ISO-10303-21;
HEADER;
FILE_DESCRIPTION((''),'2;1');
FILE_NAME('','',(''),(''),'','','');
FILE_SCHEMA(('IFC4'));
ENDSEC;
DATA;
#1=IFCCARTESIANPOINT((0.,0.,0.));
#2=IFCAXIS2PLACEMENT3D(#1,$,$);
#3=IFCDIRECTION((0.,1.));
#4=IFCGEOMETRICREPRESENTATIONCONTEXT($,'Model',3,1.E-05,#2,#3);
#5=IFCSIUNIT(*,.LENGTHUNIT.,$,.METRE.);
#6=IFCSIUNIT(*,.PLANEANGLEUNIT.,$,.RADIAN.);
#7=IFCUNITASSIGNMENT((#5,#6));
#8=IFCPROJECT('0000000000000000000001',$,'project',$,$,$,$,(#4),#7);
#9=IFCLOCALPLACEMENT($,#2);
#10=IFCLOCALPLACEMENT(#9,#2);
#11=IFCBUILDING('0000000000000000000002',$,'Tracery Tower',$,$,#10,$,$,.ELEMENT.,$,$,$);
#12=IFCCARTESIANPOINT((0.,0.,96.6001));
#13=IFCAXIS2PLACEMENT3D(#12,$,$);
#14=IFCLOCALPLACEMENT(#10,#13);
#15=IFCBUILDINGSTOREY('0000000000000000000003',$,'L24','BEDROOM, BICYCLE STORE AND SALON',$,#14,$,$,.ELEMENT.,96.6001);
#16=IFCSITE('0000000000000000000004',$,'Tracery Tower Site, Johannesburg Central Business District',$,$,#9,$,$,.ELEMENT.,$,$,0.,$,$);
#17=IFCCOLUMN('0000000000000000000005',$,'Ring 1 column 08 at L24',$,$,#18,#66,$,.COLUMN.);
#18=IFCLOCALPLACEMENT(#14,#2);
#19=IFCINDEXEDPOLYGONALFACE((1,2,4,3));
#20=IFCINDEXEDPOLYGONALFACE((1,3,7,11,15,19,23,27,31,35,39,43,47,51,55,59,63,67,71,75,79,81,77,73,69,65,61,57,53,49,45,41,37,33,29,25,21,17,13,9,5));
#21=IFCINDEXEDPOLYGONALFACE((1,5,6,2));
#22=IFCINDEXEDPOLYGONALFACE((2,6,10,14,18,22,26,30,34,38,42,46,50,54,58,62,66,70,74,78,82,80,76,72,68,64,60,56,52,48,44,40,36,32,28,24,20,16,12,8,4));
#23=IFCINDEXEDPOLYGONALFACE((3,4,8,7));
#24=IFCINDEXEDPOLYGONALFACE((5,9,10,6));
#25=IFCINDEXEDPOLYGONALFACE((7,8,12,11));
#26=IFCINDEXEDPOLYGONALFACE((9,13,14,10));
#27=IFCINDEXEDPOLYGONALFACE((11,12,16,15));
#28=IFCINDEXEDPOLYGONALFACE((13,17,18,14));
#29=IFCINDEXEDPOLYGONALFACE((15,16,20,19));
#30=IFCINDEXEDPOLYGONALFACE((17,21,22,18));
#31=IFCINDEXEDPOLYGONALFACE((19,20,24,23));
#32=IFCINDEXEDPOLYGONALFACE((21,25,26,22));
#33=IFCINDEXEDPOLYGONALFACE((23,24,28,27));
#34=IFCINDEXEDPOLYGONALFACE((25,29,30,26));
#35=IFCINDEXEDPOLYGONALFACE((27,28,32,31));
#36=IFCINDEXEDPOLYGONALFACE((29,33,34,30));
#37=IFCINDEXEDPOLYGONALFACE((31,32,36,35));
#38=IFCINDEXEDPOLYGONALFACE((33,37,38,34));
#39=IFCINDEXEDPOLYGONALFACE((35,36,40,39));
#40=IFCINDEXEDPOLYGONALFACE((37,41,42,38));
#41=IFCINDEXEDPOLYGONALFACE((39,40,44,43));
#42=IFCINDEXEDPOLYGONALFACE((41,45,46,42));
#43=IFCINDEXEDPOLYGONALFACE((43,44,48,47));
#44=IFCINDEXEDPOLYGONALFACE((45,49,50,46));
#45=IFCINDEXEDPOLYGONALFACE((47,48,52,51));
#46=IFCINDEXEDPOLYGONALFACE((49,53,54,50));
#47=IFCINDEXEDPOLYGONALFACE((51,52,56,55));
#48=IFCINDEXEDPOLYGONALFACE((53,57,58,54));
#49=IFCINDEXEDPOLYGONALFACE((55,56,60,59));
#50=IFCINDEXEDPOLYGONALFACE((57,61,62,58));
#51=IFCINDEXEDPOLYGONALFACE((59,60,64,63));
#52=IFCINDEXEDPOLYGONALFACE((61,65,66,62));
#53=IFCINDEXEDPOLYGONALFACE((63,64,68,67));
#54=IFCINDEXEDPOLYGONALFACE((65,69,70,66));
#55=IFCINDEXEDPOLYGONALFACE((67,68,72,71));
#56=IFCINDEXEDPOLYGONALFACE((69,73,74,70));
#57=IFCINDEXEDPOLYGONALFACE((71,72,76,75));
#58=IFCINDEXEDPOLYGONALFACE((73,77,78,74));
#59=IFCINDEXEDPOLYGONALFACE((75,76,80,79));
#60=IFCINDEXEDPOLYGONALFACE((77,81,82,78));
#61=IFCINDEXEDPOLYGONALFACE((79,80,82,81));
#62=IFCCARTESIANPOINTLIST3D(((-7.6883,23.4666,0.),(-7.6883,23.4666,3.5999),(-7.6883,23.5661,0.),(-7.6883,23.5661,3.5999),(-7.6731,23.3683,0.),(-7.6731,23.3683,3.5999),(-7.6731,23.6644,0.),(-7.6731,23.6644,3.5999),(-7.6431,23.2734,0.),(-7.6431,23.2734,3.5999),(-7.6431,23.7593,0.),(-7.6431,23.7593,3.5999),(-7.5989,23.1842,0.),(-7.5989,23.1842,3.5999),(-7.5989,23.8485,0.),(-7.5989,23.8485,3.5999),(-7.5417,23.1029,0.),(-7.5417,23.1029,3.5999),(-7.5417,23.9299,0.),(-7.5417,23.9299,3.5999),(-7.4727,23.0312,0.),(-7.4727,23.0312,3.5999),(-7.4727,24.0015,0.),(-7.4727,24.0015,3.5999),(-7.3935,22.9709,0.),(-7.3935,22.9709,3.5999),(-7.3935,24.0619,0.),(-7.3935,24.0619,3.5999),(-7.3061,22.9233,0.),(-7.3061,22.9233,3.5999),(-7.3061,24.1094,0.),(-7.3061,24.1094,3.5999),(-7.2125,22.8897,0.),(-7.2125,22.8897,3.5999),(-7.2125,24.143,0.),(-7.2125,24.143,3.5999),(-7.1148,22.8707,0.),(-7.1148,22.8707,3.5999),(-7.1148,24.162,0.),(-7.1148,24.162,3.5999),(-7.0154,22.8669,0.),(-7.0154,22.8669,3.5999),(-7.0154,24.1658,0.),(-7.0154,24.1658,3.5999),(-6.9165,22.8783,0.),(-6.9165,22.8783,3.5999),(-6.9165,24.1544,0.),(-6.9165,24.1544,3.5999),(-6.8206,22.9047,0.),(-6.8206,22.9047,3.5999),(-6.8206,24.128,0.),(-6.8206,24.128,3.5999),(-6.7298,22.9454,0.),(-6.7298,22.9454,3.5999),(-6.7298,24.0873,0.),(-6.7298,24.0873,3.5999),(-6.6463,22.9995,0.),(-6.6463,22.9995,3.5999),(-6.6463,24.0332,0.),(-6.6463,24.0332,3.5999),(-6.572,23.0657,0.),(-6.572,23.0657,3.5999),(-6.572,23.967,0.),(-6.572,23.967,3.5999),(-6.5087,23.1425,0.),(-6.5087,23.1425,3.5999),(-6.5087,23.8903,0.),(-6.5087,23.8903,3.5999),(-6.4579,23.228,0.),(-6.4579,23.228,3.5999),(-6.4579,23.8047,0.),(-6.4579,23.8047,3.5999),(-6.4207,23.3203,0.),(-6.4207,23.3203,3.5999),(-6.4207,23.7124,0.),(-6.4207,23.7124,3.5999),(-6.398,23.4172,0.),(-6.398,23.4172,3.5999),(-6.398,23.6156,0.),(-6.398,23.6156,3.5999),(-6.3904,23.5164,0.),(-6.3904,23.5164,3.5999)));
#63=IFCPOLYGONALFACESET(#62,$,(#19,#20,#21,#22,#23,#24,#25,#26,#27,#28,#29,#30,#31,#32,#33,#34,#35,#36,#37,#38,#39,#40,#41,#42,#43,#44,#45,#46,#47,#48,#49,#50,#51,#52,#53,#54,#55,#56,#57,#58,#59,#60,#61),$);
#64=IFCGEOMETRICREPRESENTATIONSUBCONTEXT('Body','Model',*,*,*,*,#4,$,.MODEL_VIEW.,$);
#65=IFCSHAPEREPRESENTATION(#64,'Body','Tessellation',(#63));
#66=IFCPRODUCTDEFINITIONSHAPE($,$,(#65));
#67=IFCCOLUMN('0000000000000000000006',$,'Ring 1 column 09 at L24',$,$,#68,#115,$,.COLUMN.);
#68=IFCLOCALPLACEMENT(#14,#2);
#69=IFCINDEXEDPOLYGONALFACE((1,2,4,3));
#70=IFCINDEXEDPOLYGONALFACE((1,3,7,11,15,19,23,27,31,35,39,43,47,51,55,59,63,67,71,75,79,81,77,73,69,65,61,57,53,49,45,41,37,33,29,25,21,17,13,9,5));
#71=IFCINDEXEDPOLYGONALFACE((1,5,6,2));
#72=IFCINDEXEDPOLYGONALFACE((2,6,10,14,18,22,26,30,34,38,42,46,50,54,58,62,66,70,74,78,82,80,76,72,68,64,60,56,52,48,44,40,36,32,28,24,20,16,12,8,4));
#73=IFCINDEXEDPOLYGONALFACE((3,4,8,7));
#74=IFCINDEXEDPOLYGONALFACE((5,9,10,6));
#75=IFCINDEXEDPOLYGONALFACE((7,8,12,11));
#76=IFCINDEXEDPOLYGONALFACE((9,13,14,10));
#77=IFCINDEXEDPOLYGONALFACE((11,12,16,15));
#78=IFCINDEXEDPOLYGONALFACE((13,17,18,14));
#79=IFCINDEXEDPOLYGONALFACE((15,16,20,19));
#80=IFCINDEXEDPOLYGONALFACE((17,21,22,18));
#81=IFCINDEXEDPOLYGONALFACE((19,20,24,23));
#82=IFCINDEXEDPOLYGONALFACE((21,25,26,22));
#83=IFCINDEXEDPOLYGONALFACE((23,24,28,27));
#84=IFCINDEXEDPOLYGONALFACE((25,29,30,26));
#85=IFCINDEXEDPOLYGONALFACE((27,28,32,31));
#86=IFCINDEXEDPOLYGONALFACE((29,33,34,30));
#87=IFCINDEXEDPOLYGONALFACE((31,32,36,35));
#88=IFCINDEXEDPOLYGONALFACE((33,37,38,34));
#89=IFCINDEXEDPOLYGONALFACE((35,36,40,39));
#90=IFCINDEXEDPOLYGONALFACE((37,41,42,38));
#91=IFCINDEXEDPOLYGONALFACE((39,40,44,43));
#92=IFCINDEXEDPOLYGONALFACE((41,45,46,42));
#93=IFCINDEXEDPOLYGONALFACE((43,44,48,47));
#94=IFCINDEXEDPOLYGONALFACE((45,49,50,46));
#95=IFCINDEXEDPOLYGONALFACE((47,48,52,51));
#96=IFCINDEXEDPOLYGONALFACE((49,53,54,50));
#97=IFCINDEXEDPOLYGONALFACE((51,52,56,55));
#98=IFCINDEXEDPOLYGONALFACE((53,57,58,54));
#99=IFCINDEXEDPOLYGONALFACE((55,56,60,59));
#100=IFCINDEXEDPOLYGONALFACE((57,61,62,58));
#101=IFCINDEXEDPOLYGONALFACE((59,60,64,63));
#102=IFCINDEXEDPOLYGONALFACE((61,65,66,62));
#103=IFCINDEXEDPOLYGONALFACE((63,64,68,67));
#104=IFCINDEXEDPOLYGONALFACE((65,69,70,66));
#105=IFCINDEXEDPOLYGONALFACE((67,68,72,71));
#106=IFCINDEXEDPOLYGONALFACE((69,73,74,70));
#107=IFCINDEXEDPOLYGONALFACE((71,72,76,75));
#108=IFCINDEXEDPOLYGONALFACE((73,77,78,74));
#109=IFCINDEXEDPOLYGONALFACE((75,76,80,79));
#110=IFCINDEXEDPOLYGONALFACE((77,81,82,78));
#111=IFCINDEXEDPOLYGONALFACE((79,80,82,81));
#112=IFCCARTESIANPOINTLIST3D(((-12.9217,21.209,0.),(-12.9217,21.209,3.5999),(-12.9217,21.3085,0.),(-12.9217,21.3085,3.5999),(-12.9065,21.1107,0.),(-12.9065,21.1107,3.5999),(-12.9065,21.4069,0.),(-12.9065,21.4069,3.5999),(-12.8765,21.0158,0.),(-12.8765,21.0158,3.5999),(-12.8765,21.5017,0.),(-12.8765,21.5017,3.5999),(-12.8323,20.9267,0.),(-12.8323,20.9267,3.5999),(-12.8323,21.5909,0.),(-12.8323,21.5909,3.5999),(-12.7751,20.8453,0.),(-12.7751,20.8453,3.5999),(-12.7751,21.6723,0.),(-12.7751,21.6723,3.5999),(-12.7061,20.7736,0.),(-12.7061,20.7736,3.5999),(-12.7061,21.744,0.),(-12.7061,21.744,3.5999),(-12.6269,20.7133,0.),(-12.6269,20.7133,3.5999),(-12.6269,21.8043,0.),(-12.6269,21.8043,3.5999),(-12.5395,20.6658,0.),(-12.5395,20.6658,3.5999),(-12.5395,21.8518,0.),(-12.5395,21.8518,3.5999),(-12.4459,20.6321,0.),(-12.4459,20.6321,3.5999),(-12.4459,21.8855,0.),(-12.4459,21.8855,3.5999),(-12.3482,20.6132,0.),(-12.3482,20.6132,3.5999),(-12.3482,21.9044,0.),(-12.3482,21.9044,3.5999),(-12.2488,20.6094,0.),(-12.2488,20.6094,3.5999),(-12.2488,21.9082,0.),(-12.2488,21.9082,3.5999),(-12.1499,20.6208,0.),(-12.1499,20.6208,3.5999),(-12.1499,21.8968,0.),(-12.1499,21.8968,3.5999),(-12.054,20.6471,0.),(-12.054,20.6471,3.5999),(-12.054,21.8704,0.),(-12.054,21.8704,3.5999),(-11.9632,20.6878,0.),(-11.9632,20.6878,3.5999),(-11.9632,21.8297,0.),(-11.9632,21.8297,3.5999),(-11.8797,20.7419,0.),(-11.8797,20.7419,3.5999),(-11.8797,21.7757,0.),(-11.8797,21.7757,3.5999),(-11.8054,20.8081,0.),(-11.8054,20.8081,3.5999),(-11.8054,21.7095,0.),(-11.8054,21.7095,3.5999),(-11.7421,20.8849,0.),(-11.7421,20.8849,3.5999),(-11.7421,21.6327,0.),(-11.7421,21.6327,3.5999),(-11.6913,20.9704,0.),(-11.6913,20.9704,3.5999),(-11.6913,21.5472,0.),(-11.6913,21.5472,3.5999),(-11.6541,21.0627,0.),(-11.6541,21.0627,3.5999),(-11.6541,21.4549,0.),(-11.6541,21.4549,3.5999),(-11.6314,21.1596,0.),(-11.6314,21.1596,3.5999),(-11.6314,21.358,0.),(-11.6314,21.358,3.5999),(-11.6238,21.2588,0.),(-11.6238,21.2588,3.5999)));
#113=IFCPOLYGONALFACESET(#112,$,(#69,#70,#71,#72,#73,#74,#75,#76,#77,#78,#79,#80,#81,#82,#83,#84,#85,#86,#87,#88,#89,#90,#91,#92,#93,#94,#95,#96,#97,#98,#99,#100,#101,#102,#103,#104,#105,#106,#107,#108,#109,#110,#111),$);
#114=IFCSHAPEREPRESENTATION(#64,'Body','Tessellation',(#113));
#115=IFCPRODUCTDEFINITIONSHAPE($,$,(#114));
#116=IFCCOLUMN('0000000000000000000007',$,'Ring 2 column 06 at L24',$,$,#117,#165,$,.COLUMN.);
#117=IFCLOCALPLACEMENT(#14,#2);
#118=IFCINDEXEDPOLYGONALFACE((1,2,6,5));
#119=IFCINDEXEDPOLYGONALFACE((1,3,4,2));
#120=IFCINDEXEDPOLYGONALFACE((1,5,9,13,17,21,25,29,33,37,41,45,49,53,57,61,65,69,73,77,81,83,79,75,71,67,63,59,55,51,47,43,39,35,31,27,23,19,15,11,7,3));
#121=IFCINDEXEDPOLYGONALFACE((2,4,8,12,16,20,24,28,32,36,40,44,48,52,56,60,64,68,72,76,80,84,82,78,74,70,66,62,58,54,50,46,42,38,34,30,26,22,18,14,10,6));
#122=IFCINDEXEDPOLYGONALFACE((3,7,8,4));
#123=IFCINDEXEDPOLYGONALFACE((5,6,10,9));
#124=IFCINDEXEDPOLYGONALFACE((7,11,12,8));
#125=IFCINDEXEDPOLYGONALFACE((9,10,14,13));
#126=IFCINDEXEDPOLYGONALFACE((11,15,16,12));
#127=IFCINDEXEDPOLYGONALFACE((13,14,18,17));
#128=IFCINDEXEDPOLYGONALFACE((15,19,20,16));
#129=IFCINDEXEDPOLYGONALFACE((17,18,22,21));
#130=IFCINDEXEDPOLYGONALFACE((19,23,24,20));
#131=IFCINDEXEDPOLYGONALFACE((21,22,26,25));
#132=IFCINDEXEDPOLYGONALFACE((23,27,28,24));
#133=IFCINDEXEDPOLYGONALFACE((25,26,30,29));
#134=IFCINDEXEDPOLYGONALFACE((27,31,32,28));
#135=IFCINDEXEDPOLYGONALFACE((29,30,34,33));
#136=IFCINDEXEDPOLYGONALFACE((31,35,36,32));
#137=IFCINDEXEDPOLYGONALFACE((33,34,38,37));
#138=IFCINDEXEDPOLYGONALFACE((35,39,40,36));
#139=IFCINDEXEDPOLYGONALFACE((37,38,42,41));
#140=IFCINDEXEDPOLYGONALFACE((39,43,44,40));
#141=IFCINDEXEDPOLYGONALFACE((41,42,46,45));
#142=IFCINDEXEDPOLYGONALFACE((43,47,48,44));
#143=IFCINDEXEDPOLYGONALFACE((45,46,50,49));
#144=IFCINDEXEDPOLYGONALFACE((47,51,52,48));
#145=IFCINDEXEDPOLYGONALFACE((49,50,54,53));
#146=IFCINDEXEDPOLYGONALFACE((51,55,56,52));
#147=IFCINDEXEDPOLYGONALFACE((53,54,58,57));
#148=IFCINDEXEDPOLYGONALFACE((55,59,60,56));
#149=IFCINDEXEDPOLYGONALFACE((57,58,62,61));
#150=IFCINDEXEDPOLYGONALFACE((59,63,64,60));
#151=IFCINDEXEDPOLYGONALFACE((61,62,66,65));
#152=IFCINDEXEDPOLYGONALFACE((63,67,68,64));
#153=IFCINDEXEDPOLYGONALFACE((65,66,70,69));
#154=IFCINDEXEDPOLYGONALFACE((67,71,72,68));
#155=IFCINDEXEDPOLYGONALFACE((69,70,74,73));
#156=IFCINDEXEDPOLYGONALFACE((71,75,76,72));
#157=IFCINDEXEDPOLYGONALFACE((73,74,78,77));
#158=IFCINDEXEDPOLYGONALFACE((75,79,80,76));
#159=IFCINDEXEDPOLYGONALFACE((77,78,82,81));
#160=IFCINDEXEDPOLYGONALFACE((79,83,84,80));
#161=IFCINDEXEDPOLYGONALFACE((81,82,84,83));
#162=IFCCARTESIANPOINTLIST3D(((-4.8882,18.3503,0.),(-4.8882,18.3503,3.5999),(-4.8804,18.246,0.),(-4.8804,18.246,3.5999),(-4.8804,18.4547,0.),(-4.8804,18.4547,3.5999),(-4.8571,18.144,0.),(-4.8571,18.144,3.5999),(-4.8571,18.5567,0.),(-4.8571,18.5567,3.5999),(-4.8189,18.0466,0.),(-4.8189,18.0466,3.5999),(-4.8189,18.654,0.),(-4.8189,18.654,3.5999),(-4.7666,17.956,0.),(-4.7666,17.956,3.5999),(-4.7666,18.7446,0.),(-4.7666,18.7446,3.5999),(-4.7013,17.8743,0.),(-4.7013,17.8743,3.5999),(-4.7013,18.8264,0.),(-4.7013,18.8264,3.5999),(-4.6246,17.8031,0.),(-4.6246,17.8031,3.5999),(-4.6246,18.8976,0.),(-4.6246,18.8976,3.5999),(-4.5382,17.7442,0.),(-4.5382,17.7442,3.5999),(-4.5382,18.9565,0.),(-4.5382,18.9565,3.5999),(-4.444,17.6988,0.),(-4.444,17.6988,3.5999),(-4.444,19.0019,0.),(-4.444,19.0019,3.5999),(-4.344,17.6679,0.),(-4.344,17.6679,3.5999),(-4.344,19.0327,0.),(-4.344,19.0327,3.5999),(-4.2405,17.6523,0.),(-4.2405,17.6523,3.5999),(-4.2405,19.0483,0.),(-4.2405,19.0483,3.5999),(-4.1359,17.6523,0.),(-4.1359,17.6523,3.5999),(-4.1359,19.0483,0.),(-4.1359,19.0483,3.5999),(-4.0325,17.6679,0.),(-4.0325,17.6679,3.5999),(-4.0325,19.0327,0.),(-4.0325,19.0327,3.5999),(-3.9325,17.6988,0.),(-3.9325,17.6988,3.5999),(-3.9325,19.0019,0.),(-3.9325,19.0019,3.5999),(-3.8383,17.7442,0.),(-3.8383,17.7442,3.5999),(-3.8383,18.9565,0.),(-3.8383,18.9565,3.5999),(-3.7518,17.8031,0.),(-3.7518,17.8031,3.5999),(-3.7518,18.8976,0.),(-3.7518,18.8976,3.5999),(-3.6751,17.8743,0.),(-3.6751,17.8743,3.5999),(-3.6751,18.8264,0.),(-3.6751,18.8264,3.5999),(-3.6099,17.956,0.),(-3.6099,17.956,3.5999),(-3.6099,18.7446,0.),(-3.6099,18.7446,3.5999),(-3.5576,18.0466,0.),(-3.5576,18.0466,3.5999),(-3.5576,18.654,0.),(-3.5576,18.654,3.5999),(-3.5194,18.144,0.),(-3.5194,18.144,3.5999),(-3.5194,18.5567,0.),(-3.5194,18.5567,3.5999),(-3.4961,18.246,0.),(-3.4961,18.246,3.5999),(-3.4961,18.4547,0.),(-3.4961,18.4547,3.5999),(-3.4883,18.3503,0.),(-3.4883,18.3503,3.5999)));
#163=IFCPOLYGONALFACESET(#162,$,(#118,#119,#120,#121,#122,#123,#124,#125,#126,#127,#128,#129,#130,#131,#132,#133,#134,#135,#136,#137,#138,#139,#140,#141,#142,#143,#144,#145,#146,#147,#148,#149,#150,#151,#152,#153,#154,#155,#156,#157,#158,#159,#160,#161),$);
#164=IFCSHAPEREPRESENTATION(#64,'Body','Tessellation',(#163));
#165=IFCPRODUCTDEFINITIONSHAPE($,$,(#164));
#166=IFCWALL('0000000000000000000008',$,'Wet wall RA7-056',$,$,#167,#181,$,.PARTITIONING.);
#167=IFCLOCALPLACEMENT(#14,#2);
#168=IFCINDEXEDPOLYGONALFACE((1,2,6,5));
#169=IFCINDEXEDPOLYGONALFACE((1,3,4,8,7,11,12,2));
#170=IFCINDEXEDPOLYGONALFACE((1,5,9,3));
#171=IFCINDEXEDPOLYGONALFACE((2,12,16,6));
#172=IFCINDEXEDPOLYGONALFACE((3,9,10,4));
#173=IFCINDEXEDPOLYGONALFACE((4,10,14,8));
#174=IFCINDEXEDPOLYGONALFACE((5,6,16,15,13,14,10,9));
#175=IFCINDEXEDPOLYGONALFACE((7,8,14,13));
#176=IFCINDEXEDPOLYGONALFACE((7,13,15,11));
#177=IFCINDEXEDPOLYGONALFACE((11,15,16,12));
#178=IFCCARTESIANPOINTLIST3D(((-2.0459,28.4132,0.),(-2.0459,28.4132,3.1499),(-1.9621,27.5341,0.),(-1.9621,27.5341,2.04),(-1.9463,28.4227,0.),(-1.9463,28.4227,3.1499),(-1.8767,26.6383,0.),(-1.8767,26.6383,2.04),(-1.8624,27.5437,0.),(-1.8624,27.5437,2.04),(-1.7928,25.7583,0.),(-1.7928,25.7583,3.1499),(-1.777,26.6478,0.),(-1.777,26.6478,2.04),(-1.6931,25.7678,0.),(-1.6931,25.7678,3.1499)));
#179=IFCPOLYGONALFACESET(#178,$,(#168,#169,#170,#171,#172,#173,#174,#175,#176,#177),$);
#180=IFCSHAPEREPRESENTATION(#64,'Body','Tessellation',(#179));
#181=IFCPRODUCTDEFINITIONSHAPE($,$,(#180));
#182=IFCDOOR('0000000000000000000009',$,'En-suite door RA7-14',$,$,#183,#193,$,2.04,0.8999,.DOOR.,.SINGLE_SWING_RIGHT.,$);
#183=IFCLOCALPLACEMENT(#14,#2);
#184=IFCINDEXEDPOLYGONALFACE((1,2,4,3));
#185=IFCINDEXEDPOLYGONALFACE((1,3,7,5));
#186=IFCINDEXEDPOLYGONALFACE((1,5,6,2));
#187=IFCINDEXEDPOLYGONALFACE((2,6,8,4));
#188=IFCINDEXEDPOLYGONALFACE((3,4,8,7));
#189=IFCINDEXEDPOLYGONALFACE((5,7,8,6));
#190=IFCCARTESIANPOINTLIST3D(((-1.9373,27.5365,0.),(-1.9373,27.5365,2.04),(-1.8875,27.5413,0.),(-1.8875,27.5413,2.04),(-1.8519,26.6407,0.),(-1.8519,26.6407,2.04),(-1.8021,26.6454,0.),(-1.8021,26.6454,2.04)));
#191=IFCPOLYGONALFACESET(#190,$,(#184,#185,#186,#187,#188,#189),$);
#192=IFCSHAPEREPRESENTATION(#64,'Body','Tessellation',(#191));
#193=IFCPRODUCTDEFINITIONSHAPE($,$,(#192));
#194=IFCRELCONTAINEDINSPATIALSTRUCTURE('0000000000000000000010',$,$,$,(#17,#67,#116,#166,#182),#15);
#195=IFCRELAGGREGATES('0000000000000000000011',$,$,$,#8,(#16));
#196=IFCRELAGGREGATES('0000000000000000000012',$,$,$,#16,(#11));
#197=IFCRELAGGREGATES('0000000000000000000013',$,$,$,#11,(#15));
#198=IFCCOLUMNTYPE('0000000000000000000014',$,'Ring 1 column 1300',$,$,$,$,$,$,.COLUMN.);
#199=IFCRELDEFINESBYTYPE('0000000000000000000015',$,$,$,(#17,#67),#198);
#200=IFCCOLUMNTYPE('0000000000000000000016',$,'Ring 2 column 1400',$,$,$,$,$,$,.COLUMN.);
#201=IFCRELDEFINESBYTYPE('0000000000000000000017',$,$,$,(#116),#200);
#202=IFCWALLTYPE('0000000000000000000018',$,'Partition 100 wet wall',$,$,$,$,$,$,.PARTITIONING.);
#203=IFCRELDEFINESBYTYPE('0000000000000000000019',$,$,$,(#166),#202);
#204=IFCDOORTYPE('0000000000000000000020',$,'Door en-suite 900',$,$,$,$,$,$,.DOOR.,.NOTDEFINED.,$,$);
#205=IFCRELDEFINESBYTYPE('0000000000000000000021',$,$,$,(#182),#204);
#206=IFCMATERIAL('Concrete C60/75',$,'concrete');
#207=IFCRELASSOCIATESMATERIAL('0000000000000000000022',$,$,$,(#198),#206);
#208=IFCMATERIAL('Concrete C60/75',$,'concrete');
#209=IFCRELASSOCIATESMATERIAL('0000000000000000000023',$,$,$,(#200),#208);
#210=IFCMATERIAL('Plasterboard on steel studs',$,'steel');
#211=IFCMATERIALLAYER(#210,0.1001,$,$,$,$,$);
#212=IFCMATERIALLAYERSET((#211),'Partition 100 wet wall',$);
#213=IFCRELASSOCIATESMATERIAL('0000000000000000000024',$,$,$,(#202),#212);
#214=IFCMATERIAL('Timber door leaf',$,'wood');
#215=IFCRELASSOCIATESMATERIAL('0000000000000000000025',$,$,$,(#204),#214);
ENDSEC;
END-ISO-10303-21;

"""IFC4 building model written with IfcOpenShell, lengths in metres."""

from ifc_helpers import new_model, si_unit, direction, frame, frame_2d, origin, origin_2d, place, context, subcontext, project, spatial, rectangle, circle, extrude, material, layer, layer_set, material_profile, profile_set, type_object, element, fill, save


model = new_model("IFC4")

# Units and contexts
model_context = context("Model", 3, precision=1e-05, world=origin(), true_north=direction((0.0, 1.0)))
body_context = subcontext(model_context, "Body", "Model", "MODEL_VIEW")
ifc_project = project(units=[si_unit("LENGTHUNIT", "METRE"), si_unit("PLANEANGLEUNIT", "RADIAN")], contexts=[model_context])

# Site, building, storey
site_placement = place(None, origin())
site = spatial("IfcSite", under=ifc_project, at=site_placement, Name="Tracery Tower Site, Johannesburg Central Business District", CompositionType="ELEMENT", RefElevation=0.0)
building_placement = place(site_placement, origin())
building = spatial("IfcBuilding", under=site, at=building_placement, Name="Tracery Tower", CompositionType="ELEMENT")
storey_placement = place(building_placement, frame((0.0, 0.0, 96.6001)))
storey = spatial("IfcBuildingStorey", under=building, at=storey_placement, Name="L24", Description="BEDROOM, BICYCLE STORE AND SALON", CompositionType="ELEMENT", Elevation=96.6001)

# Columns
ifc_material_1 = material(Name="Concrete C60/75", Category="concrete")
ifc_material_profile_1 = material_profile(ifc_material_1, circle(Radius=0.6499, at=origin_2d()), Name="RC D1300")
ifc_profile_set_1 = profile_set([ifc_material_profile_1], Name="Concrete C60/75")
column_type_1 = type_object("IfcColumnType", Name="Ring 1 column 1300", PredefinedType="COLUMN", material=ifc_profile_set_1)
for number, where, z_axis, x_axis, name in (
    (1, (-7.0403, 23.5164, 0.0), (0.0, 0.0, 1.0), (1.0, 0.0, 0.0), "Ring 1 column 08 at L24"),
    (2, (-12.2737, 21.2588, 0.0), (0.0, 0.0, 1.0), (1.0, 0.0, 0.0), "Ring 1 column 09 at L24"),
):
    element("IfcColumn", number, at=place(storey_placement, frame(where, z_axis=z_axis, x_axis=x_axis)), inside=storey, type_object=column_type_1, Name=name, PredefinedType="COLUMN", context=body_context, shape_type="SweptSolid", body=[
        extrude(circle(Radius=0.6499, at=origin_2d()), origin(), (0.0, 0.0, 1.0), 3.5999),
    ])
ifc_material_2 = material(Name="Concrete C60/75", Category="concrete")
ifc_material_profile_2 = material_profile(ifc_material_2, circle(Radius=0.7, at=origin_2d()), Name="RC D1400")
ifc_profile_set_2 = profile_set([ifc_material_profile_2], Name="Concrete C60/75")
column_type_2 = type_object("IfcColumnType", Name="Ring 2 column 1400", PredefinedType="COLUMN", material=ifc_profile_set_2)
column_placement = place(storey_placement, frame((-4.1882, 18.3503, 0.0), z_axis=(0.0, 0.0, 1.0), x_axis=(1.0, 0.0, 0.0)))
element("IfcColumn", 3, at=column_placement, inside=storey, type_object=column_type_2, Name="Ring 2 column 06 at L24", PredefinedType="COLUMN", context=body_context, shape_type="SweptSolid", body=[
    extrude(circle(Radius=0.7, at=origin_2d()), origin(), (0.0, 0.0, 1.0), 3.5999),
])

# Wall, opening, door
ifc_material_3 = material(Name="Plasterboard on steel studs", Category="steel")
ifc_layer_1 = layer(ifc_material_3, 0.1001)
ifc_layer_set_1 = layer_set([ifc_layer_1], Name="Partition 100 wet wall")
wall_type_1 = type_object("IfcWallType", Name="Partition 100 wet wall", PredefinedType="PARTITIONING", material=ifc_layer_set_1)
wall_1_placement = place(storey_placement, frame((-1.9961, 28.418, 0.0), z_axis=(0.0, 0.0, 1.0), x_axis=(0.094926, -0.995484, 0.0)))
wall_1 = element("IfcWall", 4, at=wall_1_placement, inside=storey, type_object=wall_type_1, Name="Wet wall RA7-056", PredefinedType="PARTITIONING", context=body_context, shape_type="SweptSolid", body=[
    extrude(rectangle(XDim=2.667, YDim=0.1001, at=frame_2d((1.3335, 0.0))), origin(), (0.0, 0.0, 1.0), 3.1499),
])
opening_1_placement = place(wall_1_placement, frame((0.8831, 0.0, 0.0)))
opening_1 = element("IfcOpeningElement", 5, at=opening_1_placement, cuts=wall_1, PredefinedType="OPENING", context=body_context, shape_type="SweptSolid", body=[
    extrude(rectangle(XDim=0.8999, YDim=2.04, at=frame_2d((0.45, 1.02))), frame((0.0, 0.05, 0.0), z_axis=(0.0, -1.0, 0.0), x_axis=(1.0, 0.0, 0.0)), (0.0, 0.0, 1.0), 0.1001),
])
ifc_material_4 = material(Name="Timber door leaf", Category="wood")
door_type_1 = type_object("IfcDoorType", Name="Door en-suite 900", OperationType="NOTDEFINED", PredefinedType="DOOR", material=ifc_material_4)
door_1_placement = place(opening_1_placement, origin())
door_1 = element("IfcDoor", 6, at=door_1_placement, inside=storey, type_object=door_type_1, Name="En-suite door RA7-14", OperationType="SINGLE_SWING_RIGHT", OverallHeight=2.04, OverallWidth=0.8999, PredefinedType="DOOR", context=body_context, shape_type="SweptSolid", body=[
    extrude(rectangle(XDim=0.8999, YDim=2.04, at=frame_2d((0.45, 1.02))), frame((0.0, 0.0249, 0.0), z_axis=(0.0, -1.0, 0.0), x_axis=(1.0, 0.0, 0.0)), (0.0, 0.0, 1.0), 0.05),
])
fill(opening_1, door_1)

save(model, "model.ifc")
